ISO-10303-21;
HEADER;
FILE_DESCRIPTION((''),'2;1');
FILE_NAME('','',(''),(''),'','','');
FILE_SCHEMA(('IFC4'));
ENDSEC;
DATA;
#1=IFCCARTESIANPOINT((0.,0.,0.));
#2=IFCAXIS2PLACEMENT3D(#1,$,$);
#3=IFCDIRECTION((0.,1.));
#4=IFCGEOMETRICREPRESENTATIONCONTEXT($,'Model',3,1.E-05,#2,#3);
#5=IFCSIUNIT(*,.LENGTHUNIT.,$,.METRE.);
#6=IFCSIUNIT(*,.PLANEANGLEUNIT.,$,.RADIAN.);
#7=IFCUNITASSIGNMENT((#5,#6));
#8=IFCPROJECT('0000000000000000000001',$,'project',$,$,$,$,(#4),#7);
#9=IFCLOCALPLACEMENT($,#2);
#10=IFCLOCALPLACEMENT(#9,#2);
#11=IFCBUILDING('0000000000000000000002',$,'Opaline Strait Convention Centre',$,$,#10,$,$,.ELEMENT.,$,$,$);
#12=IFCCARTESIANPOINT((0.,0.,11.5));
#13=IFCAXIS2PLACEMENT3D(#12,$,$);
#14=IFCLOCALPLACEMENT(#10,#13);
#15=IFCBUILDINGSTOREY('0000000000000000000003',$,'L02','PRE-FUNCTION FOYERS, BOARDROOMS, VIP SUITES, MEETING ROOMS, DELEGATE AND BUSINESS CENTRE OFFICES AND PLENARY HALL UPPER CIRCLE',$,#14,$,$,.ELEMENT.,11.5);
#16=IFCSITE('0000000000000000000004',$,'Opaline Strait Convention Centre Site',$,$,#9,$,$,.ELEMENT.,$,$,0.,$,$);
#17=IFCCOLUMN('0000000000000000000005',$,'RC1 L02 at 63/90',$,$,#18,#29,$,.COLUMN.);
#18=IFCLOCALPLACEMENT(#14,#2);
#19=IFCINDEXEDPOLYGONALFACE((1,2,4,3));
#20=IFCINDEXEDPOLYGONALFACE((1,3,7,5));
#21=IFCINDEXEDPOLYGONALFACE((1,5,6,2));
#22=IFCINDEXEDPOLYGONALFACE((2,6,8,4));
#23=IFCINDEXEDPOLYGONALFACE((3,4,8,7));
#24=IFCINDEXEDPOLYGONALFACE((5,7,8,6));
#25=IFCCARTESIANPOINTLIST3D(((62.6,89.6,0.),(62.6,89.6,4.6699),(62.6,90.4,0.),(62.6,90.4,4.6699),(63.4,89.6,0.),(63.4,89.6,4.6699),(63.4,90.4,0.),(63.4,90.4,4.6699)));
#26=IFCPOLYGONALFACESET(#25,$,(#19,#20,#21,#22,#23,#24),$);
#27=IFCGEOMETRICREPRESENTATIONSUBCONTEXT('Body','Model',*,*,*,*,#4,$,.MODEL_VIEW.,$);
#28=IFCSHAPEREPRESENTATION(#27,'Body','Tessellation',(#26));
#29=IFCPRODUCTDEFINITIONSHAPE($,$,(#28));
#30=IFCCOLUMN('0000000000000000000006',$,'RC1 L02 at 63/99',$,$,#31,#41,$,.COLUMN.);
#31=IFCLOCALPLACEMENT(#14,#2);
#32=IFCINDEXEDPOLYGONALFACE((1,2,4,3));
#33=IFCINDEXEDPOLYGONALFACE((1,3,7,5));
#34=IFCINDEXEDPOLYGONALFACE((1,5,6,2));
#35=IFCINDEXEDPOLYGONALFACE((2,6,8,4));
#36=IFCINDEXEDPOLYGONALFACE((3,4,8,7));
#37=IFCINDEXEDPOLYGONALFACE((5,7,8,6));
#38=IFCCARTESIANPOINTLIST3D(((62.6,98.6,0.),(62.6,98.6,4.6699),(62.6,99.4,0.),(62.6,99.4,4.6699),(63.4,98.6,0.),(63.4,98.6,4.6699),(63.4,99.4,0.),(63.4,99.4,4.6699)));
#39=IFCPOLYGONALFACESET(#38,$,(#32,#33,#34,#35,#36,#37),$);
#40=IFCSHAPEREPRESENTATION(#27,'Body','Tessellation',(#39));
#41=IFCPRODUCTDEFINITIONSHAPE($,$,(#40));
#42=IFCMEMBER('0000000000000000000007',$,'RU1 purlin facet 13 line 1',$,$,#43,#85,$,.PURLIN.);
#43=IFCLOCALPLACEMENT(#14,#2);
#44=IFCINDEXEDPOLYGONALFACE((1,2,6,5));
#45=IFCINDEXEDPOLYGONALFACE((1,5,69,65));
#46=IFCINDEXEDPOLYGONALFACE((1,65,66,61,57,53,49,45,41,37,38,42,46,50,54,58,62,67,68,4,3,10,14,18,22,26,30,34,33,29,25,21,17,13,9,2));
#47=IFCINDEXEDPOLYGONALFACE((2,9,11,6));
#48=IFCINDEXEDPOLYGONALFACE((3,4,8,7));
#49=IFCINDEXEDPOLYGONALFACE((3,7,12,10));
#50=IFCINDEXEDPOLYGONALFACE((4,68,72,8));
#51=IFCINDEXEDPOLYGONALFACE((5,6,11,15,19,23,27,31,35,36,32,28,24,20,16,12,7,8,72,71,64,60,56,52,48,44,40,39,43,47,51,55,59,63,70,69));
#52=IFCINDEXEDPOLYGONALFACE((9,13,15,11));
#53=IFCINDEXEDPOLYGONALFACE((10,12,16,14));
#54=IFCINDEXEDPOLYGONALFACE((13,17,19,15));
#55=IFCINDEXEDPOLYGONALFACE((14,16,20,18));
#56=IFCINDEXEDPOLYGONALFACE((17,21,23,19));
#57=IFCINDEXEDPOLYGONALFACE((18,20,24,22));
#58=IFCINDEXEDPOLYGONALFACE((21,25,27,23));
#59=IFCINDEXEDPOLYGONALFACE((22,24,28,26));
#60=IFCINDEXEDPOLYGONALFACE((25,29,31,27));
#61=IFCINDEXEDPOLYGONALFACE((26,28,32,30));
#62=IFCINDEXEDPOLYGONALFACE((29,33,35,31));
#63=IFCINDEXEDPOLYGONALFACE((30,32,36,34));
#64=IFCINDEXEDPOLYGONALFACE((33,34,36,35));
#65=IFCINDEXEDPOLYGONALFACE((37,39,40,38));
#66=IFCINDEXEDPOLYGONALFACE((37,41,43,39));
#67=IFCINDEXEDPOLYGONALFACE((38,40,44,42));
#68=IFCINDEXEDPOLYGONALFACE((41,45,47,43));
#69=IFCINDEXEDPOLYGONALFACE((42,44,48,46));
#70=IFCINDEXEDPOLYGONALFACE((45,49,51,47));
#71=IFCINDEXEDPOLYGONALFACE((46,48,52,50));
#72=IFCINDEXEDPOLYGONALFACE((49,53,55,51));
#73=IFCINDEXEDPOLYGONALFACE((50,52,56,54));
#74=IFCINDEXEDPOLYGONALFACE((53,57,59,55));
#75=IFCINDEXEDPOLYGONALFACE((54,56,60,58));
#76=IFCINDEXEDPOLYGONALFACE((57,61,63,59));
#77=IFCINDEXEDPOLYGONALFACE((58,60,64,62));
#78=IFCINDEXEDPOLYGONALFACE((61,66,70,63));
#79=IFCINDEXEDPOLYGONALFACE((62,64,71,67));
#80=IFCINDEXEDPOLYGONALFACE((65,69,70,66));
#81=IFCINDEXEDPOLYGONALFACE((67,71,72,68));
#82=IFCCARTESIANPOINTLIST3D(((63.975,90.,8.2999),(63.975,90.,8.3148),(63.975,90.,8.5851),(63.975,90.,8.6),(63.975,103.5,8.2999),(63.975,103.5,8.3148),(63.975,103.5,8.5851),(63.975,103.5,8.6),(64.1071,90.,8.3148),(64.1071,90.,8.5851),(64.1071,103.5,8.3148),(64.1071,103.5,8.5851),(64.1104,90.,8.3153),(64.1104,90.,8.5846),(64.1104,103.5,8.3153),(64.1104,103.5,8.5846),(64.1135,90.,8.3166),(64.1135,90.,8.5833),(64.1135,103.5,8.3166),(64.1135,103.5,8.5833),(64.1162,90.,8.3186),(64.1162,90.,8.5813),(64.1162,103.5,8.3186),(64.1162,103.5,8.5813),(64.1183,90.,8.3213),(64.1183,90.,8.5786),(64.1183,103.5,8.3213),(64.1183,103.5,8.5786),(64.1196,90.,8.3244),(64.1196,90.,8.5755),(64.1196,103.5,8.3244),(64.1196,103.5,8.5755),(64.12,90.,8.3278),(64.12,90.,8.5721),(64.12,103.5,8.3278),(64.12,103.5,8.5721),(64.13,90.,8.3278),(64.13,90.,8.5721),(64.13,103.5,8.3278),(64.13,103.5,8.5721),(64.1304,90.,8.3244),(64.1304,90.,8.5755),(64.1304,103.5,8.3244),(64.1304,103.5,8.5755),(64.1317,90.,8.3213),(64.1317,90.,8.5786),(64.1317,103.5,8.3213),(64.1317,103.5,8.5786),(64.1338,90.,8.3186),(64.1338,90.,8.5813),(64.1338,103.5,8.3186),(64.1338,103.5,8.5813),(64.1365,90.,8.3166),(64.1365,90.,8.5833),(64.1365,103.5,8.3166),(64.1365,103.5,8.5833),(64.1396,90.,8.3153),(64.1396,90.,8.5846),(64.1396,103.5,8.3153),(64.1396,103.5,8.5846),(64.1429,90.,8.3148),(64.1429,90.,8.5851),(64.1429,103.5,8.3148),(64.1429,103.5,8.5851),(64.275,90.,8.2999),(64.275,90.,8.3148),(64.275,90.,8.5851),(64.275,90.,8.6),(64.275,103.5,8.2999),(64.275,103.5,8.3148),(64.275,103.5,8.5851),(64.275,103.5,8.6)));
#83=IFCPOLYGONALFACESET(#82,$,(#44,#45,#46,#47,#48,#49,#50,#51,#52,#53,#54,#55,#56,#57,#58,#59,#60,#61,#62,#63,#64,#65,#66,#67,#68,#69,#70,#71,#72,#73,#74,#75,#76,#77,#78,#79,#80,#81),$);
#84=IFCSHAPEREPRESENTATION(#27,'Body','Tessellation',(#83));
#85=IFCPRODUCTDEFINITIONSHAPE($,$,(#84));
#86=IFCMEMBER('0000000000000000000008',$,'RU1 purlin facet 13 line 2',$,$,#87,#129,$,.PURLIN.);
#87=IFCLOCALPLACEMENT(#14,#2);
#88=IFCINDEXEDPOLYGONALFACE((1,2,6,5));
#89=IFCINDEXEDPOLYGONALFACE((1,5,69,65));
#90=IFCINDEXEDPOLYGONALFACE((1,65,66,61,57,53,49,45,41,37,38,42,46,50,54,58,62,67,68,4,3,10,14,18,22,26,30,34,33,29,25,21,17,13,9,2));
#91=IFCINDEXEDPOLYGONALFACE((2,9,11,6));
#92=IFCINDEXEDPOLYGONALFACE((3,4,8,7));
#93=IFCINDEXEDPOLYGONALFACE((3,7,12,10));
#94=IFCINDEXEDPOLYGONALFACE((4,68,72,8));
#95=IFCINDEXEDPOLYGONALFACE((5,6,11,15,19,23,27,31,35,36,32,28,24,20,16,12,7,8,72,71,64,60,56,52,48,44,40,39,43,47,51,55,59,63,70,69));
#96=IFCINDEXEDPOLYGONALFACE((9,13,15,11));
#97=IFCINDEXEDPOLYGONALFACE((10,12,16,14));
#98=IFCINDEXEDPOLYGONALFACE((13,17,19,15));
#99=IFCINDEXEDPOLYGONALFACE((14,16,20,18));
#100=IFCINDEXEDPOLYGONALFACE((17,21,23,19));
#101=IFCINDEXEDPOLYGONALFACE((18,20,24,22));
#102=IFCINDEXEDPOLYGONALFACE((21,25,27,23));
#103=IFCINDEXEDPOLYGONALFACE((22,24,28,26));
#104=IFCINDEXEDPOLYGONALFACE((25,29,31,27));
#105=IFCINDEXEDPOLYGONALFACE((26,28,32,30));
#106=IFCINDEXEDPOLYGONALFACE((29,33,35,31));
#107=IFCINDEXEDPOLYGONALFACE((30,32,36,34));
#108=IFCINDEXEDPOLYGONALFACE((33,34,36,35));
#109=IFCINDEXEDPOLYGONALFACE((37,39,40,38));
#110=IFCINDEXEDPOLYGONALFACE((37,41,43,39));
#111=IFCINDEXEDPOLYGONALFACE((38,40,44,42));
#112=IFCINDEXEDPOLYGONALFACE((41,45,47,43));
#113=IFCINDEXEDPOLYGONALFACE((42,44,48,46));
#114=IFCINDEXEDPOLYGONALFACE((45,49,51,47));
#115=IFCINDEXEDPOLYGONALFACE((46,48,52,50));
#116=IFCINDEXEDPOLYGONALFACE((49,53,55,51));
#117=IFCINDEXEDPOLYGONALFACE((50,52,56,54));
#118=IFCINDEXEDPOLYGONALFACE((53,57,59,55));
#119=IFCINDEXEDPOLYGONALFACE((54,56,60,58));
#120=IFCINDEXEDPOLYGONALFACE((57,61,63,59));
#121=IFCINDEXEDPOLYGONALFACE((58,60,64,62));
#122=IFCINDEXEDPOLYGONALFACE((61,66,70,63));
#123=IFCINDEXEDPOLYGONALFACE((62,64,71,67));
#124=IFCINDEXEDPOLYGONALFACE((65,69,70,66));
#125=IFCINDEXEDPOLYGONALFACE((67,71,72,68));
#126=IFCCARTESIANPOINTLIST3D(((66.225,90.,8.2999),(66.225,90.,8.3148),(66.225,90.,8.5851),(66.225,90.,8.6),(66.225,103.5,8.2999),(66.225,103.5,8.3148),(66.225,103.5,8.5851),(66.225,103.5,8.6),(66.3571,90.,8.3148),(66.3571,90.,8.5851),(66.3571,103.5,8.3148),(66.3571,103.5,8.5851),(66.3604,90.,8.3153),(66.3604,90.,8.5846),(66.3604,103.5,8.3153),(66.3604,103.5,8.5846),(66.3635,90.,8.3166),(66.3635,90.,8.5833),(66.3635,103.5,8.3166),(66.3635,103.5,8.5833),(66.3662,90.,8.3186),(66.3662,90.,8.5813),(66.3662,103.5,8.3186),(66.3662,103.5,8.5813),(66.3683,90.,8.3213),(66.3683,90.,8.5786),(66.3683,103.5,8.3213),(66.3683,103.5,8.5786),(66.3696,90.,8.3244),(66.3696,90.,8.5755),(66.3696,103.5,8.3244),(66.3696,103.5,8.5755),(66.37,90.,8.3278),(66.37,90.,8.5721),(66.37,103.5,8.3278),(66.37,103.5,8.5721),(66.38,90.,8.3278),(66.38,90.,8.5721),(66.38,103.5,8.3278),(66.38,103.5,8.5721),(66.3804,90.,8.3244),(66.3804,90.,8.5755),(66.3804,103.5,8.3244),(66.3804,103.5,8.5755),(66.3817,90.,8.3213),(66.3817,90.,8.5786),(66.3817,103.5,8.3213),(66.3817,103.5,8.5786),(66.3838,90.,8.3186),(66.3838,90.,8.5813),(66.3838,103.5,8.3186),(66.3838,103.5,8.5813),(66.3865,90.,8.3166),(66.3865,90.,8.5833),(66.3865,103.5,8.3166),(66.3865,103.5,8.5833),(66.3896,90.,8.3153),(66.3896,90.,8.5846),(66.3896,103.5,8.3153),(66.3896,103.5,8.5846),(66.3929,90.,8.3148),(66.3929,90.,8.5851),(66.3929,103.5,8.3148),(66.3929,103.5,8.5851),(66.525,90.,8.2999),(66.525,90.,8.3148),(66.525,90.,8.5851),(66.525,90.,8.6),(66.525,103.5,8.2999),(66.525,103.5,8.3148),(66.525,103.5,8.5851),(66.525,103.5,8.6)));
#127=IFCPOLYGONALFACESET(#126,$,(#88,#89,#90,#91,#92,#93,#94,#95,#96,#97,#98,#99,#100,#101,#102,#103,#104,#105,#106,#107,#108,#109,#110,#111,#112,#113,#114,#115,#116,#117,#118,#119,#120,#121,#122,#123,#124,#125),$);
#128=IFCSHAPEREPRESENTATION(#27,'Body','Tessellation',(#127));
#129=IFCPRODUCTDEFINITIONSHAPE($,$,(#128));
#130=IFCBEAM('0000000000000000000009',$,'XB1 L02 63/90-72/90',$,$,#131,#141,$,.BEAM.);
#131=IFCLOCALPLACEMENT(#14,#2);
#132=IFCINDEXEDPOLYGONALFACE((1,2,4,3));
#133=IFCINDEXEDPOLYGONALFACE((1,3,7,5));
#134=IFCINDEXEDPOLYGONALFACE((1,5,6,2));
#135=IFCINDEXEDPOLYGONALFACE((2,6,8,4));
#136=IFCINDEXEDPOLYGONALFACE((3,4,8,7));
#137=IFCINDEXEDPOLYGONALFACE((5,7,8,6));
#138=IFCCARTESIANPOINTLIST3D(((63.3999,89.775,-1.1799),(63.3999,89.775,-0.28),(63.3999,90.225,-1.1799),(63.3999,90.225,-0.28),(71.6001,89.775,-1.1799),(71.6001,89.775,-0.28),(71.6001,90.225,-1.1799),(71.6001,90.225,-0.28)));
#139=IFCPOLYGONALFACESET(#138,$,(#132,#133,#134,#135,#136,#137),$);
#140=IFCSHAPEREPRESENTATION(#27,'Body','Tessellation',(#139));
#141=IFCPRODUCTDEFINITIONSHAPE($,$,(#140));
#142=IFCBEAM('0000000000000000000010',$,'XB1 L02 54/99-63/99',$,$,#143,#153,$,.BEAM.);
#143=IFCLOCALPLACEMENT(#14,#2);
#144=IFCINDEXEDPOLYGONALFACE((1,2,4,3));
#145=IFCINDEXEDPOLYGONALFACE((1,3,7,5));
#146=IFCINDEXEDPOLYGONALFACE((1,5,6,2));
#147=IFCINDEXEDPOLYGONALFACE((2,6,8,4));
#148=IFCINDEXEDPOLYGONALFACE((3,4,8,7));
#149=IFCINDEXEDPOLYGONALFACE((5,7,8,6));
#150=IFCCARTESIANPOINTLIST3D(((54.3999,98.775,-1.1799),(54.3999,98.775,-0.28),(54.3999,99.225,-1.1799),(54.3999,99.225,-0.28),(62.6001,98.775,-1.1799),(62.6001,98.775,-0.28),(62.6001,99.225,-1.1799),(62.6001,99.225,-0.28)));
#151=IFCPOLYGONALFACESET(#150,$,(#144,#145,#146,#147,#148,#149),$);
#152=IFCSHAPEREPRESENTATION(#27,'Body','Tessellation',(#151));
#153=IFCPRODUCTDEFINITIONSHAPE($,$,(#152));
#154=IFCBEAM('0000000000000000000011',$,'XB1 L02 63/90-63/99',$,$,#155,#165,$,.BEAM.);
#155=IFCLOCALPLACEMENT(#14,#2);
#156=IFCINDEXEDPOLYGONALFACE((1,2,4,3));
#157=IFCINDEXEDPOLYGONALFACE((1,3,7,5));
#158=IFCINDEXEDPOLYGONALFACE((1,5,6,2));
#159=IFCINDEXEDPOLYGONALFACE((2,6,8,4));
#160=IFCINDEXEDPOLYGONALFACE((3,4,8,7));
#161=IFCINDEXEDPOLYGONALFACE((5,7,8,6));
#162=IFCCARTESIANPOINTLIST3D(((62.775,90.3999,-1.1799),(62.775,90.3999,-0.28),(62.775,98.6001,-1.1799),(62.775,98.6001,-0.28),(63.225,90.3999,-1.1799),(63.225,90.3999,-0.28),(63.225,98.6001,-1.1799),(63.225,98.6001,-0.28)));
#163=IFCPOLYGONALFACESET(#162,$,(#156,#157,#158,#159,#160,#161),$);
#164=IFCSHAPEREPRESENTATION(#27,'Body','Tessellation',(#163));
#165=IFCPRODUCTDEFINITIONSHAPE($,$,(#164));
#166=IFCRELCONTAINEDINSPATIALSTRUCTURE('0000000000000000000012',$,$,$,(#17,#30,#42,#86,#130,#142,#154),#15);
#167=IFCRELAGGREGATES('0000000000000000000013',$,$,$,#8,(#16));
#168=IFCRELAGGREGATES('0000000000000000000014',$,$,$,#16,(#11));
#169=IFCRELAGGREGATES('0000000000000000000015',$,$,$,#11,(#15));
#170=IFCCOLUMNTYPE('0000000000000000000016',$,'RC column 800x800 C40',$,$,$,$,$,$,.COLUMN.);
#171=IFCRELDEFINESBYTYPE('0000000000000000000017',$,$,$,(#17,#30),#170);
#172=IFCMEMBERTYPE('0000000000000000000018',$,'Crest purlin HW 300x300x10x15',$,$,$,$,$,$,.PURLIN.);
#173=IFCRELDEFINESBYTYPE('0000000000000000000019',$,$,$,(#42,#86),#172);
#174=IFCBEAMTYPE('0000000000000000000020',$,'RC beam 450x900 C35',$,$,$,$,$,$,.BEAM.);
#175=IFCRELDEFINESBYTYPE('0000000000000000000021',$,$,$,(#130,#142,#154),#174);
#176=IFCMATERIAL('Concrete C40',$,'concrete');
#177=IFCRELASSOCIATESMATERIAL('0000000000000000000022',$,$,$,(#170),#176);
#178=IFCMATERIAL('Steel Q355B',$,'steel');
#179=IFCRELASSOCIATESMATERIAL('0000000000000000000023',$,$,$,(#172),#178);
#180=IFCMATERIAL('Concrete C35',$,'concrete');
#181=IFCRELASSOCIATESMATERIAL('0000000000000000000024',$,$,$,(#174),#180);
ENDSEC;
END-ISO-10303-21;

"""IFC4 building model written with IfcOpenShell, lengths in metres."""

from ifc_helpers import new_model, si_unit, direction, frame, origin, origin_2d, place, context, subcontext, project, spatial, rectangle, i_section, extrude, material, material_profile, profile_set, type_object, element, save


model = new_model("IFC4")

# Units and contexts
model_context = context("Model", 3, precision=1e-05, world=origin(), true_north=direction((0.0, 1.0)))
body_context = subcontext(model_context, "Body", "Model", "MODEL_VIEW")
ifc_project = project(units=[si_unit("LENGTHUNIT", "METRE"), si_unit("PLANEANGLEUNIT", "RADIAN")], contexts=[model_context])

# Site, building, storey
site_placement = place(None, origin())
site = spatial("IfcSite", under=ifc_project, at=site_placement, Name="Opaline Strait Convention Centre Site", CompositionType="ELEMENT", RefElevation=0.0)
building_placement = place(site_placement, origin())
building = spatial("IfcBuilding", under=site, at=building_placement, Name="Opaline Strait Convention Centre", CompositionType="ELEMENT")
storey_placement = place(building_placement, frame((0.0, 0.0, 11.5)))
storey = spatial("IfcBuildingStorey", under=building, at=storey_placement, Name="L02", Description="PRE-FUNCTION FOYERS, BOARDROOMS, VIP SUITES, MEETING ROOMS, DELEGATE AND BUSINESS CENTRE OFFICES AND PLENARY HALL UPPER CIRCLE", CompositionType="ELEMENT", Elevation=11.5)

# Columns
ifc_material_1 = material(Name="Concrete C40", Category="concrete")
ifc_material_profile_1 = material_profile(ifc_material_1, rectangle(XDim=0.8, YDim=0.8, at=origin_2d()), Name="RC 800x800")
ifc_profile_set_1 = profile_set([ifc_material_profile_1], Name="Concrete C40")
column_type = type_object("IfcColumnType", Name="RC column 800x800 C40", PredefinedType="COLUMN", material=ifc_profile_set_1)
for number, where, z_axis, x_axis, name in (
    (1, (63.0, 90.0, 0.0), (0.0, 0.0, 1.0), (1.0, 0.0, 0.0), "RC1 L02 at 63/90"),
    (2, (63.0, 99.0, 0.0), (0.0, 0.0, 1.0), (1.0, 0.0, 0.0), "RC1 L02 at 63/99"),
):
    element("IfcColumn", number, at=place(storey_placement, frame(where, z_axis=z_axis, x_axis=x_axis)), inside=storey, type_object=column_type, Name=name, PredefinedType="COLUMN", context=body_context, shape_type="SweptSolid", body=[
        extrude(rectangle(XDim=0.8, YDim=0.8, at=origin_2d()), origin(), (0.0, 0.0, 1.0), 4.6699),
    ])

# Members
ifc_material_2 = material(Name="Steel Q355B", Category="steel")
ifc_material_profile_2 = material_profile(ifc_material_2, i_section(OverallWidth=0.3, OverallDepth=0.3, WebThickness=0.01, FlangeThickness=0.0149, FilletRadius=0.0129, at=origin_2d()), Name="HW 300x300x10x15")
ifc_profile_set_2 = profile_set([ifc_material_profile_2], Name="Steel Q355B")
member_type_1 = type_object("IfcMemberType", Name="Crest purlin HW 300x300x10x15", PredefinedType="PURLIN", material=ifc_profile_set_2)
for number, where, z_axis, x_axis, name in (
    (3, (64.125, 90.0, 8.45), (0.0, 1.0, 0.0), (-1.0, 0.0, 0.0), "RU1 purlin facet 13 line 1"),
    (4, (66.375, 90.0, 8.45), (0.0, 1.0, 0.0), (-1.0, 0.0, 0.0), "RU1 purlin facet 13 line 2"),
):
    element("IfcMember", number, at=place(storey_placement, frame(where, z_axis=z_axis, x_axis=x_axis)), inside=storey, type_object=member_type_1, Name=name, PredefinedType="PURLIN", context=body_context, shape_type="SweptSolid", body=[
        extrude(i_section(OverallWidth=0.3, OverallDepth=0.3, WebThickness=0.01, FlangeThickness=0.0149, FilletRadius=0.0129, at=origin_2d()), origin(), (0.0, 0.0, 1.0), 13.5),
    ])

# Beams
ifc_material_3 = material(Name="Concrete C35", Category="concrete")
ifc_material_profile_3 = material_profile(ifc_material_3, rectangle(XDim=0.45, YDim=0.8999, at=origin_2d()), Name="RC 450x900")
ifc_profile_set_3 = profile_set([ifc_material_profile_3], Name="Concrete C35")
beam_type = type_object("IfcBeamType", Name="RC beam 450x900 C35", PredefinedType="BEAM", material=ifc_profile_set_3)
for number, where, z_axis, x_axis, name in (
    (5, (63.3999, 90.0, -0.73), (1.0, 0.0, 0.0), (0.0, 1.0, 0.0), "XB1 L02 63/90-72/90"),
    (6, (54.3999, 99.0, -0.73), (1.0, 0.0, 0.0), (0.0, 1.0, 0.0), "XB1 L02 54/99-63/99"),
    (7, (63.0, 90.3999, -0.73), (0.0, 1.0, 0.0), (-1.0, 0.0, 0.0), "XB1 L02 63/90-63/99"),
):
    element("IfcBeam", number, at=place(storey_placement, frame(where, z_axis=z_axis, x_axis=x_axis)), inside=storey, type_object=beam_type, Name=name, PredefinedType="BEAM", context=body_context, shape_type="SweptSolid", body=[
        extrude(rectangle(XDim=0.45, YDim=0.8999, at=origin_2d()), origin(), (0.0, 0.0, 1.0), 8.2002),
    ])

save(model, "model.ifc")
